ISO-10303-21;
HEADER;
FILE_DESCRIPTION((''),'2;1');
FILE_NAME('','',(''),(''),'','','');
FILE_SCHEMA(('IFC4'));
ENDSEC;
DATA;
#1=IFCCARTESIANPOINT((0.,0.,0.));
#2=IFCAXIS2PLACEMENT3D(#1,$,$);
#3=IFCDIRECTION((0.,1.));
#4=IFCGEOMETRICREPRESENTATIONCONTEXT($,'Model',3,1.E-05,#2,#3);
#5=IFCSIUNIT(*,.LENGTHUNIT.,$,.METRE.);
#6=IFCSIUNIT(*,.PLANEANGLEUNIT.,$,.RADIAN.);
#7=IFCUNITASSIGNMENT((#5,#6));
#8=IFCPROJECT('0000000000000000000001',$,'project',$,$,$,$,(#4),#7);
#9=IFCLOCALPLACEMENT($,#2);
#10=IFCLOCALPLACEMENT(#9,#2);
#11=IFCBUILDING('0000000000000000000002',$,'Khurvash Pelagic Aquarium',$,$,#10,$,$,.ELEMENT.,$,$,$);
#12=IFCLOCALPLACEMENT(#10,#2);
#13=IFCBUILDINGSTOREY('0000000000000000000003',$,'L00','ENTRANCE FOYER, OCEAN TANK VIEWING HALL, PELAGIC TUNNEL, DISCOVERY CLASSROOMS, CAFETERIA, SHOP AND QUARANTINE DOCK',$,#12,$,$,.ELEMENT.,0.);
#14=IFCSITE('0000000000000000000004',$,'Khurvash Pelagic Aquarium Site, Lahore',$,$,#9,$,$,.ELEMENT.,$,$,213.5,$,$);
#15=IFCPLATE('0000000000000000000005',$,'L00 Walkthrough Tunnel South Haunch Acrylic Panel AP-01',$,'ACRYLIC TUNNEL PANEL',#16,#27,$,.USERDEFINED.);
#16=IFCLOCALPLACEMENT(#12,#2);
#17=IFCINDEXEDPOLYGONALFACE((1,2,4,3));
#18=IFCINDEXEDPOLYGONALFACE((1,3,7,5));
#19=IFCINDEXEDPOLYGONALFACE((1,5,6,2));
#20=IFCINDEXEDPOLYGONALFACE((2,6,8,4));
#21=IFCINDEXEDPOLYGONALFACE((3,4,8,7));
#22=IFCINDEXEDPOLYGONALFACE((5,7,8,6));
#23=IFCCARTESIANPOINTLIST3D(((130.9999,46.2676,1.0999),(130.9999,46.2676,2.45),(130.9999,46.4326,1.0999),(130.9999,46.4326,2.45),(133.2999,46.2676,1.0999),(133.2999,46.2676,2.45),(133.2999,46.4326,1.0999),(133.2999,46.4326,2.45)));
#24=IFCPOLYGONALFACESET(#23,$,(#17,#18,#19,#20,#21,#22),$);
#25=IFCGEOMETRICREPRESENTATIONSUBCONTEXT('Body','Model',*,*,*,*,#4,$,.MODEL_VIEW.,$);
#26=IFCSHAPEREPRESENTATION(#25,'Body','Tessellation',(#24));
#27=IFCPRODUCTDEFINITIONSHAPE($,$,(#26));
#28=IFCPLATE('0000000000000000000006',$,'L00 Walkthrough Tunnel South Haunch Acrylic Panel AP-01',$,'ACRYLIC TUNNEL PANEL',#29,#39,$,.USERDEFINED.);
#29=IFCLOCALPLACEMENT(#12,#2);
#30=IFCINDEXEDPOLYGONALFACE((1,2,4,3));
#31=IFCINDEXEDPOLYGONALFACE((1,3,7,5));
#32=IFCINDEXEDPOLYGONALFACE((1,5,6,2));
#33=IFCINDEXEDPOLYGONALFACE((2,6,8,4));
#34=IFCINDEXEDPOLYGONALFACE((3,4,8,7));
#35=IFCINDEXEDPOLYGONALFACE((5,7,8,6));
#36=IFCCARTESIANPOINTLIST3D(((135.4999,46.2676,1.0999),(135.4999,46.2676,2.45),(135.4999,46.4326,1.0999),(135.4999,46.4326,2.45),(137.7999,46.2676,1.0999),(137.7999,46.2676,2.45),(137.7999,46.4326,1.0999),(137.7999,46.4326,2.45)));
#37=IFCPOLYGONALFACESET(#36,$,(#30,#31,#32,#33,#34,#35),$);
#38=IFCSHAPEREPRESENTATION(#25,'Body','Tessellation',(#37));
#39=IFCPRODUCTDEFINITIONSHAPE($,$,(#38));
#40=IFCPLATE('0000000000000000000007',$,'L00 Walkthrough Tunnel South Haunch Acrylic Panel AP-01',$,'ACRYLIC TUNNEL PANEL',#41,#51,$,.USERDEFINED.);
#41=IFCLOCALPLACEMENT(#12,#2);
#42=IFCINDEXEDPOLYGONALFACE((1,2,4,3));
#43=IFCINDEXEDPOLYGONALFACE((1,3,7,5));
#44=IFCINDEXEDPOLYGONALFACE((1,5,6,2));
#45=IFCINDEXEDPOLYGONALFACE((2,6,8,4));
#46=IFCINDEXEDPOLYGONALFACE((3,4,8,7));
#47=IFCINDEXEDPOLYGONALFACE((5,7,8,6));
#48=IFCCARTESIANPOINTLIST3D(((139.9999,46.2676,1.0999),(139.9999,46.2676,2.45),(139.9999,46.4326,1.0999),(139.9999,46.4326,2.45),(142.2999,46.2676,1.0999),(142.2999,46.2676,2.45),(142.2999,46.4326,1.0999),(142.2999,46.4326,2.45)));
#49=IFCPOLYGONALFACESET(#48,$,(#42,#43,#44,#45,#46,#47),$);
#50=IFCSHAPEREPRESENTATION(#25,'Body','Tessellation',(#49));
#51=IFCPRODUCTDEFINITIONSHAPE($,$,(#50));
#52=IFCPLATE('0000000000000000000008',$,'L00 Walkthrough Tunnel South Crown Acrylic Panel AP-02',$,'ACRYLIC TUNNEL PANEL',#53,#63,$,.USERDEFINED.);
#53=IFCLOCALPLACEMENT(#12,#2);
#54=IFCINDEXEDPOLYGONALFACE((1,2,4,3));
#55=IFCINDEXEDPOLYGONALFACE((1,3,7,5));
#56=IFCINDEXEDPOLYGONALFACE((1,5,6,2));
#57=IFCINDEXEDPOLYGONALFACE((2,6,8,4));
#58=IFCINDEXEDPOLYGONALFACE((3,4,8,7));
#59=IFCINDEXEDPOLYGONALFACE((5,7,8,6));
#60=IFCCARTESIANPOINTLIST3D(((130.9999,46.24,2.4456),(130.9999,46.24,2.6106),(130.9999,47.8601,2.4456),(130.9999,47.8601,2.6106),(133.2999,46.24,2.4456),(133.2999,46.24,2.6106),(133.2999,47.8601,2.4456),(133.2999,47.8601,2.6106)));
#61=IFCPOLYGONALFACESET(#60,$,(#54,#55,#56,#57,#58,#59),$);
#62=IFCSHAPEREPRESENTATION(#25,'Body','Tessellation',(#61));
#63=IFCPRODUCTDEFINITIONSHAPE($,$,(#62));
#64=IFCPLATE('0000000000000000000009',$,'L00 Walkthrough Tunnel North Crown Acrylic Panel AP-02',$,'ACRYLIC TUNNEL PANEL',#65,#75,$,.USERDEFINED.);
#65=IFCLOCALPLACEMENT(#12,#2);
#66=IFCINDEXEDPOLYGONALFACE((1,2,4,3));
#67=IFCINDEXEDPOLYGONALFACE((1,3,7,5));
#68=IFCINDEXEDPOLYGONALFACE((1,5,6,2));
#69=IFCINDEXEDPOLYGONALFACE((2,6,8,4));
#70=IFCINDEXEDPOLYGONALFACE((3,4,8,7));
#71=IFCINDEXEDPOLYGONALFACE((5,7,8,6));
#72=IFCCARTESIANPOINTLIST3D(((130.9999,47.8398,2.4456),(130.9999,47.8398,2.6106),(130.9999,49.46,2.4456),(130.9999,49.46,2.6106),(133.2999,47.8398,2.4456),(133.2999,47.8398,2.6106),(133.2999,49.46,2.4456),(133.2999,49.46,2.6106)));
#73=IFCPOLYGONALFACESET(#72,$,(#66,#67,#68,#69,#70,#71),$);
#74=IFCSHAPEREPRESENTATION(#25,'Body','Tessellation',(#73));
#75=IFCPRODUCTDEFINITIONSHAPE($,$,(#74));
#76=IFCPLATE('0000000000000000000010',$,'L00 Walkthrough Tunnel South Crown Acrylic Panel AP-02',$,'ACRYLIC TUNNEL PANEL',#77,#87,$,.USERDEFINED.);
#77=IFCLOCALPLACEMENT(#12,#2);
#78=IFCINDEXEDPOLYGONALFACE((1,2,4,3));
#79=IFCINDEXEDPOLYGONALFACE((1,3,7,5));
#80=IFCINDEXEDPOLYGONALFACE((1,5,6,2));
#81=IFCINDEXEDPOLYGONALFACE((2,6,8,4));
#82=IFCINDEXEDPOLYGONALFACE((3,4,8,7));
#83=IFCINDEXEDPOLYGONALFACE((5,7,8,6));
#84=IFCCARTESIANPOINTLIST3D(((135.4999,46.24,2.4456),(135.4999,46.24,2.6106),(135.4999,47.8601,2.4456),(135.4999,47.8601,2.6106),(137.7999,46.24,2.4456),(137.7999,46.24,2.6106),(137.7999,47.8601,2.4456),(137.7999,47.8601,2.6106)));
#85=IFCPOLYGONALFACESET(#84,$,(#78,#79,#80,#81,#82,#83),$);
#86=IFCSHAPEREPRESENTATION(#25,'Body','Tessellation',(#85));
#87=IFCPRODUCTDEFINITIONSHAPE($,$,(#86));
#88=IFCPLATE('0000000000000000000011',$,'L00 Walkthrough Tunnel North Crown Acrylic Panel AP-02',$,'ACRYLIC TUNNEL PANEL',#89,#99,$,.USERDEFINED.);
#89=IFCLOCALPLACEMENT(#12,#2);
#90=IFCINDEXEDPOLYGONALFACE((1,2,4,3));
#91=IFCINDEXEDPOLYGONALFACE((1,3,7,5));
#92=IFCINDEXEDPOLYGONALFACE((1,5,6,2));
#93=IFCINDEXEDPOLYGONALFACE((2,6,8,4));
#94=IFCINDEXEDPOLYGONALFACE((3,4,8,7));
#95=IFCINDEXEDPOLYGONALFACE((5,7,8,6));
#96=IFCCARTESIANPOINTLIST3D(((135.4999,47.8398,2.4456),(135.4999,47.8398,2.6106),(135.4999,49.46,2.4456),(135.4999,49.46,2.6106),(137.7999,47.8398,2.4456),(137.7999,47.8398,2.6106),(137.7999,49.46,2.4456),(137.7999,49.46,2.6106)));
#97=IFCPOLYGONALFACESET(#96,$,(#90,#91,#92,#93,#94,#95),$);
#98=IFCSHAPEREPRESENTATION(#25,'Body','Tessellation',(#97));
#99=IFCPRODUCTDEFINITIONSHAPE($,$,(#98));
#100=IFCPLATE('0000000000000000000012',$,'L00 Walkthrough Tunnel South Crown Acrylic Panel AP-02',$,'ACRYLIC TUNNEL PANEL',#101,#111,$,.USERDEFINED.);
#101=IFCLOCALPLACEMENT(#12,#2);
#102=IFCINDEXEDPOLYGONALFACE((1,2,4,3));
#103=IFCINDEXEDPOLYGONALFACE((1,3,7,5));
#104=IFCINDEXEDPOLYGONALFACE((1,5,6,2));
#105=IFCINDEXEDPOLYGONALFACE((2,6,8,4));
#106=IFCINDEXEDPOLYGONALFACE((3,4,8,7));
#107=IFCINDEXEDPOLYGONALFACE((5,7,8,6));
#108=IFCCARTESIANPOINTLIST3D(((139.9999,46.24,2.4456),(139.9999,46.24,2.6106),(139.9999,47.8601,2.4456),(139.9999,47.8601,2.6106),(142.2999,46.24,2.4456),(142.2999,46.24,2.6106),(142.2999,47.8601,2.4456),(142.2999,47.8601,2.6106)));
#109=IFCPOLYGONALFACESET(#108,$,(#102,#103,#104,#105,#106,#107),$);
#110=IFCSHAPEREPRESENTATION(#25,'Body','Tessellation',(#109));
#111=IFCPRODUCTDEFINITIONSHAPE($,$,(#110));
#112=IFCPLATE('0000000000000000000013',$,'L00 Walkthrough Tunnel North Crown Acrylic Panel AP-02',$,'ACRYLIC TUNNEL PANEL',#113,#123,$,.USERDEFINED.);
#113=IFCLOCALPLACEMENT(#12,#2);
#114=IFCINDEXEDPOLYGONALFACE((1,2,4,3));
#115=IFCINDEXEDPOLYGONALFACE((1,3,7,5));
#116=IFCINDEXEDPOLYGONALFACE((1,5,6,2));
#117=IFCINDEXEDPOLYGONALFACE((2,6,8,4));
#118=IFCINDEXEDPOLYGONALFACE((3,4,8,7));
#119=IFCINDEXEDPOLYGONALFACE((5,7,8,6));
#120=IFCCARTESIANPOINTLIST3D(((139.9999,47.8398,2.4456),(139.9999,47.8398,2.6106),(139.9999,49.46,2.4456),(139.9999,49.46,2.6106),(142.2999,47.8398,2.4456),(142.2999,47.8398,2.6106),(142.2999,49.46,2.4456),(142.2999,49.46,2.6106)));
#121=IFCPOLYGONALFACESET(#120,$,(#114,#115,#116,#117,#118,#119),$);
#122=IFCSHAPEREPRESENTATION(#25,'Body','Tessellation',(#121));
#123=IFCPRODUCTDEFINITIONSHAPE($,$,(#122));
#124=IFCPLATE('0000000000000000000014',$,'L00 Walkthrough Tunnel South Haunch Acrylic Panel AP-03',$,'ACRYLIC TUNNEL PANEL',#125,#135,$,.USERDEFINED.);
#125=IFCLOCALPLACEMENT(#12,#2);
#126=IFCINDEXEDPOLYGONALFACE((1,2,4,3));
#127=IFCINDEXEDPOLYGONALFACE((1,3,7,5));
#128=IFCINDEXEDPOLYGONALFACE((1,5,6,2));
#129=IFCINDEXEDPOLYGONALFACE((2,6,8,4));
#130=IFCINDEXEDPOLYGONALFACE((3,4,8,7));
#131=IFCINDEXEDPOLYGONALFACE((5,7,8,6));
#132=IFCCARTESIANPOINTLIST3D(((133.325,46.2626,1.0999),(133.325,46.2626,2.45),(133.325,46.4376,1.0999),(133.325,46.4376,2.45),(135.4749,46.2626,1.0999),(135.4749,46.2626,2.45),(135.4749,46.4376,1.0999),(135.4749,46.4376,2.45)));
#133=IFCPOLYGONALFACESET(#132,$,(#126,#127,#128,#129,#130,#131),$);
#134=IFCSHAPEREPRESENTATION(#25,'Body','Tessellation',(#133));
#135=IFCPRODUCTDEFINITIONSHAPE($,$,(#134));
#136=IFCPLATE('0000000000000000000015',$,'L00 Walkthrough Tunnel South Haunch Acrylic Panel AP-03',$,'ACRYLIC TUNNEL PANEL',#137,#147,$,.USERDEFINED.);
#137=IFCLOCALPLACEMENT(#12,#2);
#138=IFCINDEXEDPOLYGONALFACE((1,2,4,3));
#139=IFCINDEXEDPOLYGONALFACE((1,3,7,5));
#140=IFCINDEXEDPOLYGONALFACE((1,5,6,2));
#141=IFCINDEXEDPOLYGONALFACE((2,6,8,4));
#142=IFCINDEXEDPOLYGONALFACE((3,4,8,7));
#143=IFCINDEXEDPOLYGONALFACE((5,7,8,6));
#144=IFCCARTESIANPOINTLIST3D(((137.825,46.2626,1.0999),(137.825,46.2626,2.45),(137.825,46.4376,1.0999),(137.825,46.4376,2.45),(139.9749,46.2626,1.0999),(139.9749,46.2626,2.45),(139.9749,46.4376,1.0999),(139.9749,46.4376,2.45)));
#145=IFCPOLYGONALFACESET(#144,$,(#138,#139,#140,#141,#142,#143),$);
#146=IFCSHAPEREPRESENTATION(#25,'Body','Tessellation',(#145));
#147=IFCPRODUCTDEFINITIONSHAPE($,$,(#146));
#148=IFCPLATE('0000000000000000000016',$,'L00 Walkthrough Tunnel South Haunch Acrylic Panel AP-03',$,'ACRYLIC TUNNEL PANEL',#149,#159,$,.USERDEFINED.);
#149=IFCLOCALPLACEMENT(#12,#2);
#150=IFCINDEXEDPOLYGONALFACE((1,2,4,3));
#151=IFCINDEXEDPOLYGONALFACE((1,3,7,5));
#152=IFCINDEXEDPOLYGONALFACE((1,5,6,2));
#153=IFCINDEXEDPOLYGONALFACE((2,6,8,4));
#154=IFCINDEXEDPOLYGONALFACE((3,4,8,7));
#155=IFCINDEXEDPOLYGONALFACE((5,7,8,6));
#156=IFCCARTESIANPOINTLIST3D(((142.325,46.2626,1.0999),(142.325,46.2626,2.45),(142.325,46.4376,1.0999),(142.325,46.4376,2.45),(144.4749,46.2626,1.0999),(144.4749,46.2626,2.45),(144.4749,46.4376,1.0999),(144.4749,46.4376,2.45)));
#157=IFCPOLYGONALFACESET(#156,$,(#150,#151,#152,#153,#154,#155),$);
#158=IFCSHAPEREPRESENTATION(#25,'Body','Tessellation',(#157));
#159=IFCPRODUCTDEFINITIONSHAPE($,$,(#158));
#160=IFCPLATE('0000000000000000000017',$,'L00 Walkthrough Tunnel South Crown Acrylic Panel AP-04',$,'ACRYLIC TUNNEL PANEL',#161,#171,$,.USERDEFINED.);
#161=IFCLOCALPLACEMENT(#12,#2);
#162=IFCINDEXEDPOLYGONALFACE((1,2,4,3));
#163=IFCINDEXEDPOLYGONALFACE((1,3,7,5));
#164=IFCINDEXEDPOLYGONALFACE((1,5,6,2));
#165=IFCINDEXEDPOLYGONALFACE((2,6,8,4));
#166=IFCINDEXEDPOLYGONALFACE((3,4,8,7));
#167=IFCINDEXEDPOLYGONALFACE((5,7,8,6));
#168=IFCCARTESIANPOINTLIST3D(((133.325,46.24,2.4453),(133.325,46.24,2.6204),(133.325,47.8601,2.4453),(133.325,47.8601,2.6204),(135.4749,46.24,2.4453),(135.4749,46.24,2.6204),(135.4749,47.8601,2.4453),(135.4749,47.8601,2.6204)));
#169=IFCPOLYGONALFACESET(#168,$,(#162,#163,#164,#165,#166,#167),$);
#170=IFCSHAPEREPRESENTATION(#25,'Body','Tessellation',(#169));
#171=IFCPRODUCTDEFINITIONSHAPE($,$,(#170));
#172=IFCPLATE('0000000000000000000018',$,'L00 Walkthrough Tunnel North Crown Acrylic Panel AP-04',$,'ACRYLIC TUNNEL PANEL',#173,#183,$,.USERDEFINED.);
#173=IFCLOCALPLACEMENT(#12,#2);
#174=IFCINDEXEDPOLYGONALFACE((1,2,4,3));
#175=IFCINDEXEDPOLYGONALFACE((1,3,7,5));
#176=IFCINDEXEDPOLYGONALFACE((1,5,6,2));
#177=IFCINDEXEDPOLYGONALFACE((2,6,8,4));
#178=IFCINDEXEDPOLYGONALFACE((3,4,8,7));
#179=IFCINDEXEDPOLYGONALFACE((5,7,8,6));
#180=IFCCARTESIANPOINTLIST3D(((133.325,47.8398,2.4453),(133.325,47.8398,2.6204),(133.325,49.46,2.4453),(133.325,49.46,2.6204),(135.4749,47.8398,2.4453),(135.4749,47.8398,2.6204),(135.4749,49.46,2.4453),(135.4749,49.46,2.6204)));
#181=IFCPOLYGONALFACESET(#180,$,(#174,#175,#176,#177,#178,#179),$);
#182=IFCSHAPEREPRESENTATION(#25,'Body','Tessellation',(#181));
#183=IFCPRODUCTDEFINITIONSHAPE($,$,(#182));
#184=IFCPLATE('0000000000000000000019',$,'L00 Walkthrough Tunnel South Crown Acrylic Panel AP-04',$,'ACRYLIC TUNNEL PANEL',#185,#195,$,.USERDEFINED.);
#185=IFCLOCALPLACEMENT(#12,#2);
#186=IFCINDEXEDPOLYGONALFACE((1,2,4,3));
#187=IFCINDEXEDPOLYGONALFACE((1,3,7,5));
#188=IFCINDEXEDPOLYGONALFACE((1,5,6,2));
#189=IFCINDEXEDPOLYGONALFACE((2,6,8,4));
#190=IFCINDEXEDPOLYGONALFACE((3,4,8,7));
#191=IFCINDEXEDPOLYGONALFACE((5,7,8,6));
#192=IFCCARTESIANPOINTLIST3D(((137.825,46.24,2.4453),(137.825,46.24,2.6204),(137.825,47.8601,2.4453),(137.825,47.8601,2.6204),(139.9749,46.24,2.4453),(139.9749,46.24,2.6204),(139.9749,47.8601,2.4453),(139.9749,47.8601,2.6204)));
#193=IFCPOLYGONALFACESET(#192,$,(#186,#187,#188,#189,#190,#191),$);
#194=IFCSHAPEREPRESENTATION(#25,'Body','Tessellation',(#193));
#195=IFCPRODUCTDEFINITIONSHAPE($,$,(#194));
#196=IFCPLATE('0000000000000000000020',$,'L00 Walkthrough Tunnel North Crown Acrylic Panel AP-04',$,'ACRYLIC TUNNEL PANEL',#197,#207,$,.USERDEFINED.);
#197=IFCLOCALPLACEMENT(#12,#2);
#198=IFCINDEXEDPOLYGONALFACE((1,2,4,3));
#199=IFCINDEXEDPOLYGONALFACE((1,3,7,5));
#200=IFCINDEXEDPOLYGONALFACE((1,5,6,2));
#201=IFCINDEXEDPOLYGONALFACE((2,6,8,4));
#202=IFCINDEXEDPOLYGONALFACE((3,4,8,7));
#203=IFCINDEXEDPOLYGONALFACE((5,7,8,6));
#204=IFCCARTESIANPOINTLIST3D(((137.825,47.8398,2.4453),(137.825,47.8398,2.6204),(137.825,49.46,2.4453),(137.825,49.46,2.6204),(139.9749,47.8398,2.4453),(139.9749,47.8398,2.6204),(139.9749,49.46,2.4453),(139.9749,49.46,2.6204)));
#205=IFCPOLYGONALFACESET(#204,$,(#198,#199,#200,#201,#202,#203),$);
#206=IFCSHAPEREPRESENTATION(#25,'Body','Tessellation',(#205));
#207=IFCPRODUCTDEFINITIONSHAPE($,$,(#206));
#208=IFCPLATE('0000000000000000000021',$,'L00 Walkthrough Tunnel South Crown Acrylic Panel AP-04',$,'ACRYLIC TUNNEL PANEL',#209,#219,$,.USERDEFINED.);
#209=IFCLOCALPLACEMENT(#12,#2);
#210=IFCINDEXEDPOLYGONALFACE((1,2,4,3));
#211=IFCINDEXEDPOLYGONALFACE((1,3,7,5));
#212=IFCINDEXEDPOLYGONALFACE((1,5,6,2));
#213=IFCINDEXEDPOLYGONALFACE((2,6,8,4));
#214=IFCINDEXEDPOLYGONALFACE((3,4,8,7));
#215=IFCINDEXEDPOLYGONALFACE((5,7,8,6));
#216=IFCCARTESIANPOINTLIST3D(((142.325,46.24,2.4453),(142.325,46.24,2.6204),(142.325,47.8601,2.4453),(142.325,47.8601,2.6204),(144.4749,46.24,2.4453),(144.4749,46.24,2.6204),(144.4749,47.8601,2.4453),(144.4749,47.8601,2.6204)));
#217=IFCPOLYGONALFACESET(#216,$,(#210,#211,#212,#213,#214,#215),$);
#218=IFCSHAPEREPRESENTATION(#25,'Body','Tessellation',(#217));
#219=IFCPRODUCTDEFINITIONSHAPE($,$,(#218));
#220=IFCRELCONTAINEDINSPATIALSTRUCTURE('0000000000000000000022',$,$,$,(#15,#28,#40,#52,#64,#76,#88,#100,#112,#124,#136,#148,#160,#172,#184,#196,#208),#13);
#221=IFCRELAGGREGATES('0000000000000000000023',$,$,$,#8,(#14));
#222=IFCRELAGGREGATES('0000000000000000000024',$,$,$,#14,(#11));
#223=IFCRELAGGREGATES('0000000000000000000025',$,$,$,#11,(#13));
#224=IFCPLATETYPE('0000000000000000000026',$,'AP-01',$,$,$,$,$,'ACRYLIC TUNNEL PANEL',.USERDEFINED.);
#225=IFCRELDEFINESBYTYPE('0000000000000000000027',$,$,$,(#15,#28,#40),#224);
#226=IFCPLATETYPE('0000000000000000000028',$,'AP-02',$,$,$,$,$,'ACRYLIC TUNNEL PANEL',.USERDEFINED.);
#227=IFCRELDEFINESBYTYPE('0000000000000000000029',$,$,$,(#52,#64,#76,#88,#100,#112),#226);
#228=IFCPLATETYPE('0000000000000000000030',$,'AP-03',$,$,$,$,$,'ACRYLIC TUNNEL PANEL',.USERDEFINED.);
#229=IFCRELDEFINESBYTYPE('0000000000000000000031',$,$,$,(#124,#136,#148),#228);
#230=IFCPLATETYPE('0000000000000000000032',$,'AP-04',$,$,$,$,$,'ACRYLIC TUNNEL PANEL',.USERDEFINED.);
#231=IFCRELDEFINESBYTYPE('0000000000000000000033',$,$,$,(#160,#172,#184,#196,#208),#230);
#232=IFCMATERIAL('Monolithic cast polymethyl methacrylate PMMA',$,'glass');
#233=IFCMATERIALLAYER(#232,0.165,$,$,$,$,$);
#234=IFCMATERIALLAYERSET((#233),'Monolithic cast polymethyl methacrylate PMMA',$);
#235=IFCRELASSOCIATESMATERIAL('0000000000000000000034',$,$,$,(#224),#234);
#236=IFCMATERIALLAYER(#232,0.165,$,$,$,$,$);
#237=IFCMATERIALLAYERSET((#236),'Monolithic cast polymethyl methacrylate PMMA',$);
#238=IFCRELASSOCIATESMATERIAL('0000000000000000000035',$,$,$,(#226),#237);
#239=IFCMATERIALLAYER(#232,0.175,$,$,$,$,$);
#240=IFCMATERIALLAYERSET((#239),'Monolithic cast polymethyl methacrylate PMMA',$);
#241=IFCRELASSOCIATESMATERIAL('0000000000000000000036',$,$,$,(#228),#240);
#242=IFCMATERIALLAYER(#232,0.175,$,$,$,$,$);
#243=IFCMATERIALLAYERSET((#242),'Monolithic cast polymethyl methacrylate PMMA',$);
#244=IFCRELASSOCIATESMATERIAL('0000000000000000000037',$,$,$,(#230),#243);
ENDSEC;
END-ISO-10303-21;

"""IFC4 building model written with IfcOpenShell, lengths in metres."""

from ifc_helpers import new_model, si_unit, direction, frame, origin, origin_2d, place, context, subcontext, project, spatial, rectangle, extrude, material, layer, layer_set, type_object, element, save


model = new_model("IFC4")

# Units and contexts
model_context = context("Model", 3, precision=1e-05, world=origin(), true_north=direction((0.0, 1.0)))
body_context = subcontext(model_context, "Body", "Model", "MODEL_VIEW")
ifc_project = project(units=[si_unit("LENGTHUNIT", "METRE"), si_unit("PLANEANGLEUNIT", "RADIAN")], contexts=[model_context])

# Site, building, storey
site_placement = place(None, origin())
site = spatial("IfcSite", under=ifc_project, at=site_placement, Name="Khurvash Pelagic Aquarium Site, Lahore", CompositionType="ELEMENT", RefElevation=213.5)
building_placement = place(site_placement, origin())
building = spatial("IfcBuilding", under=site, at=building_placement, Name="Khurvash Pelagic Aquarium", CompositionType="ELEMENT")
storey_placement = place(building_placement, origin())
storey = spatial("IfcBuildingStorey", under=building, at=storey_placement, Name="L00", Description="ENTRANCE FOYER, OCEAN TANK VIEWING HALL, PELAGIC TUNNEL, DISCOVERY CLASSROOMS, CAFETERIA, SHOP AND QUARANTINE DOCK", CompositionType="ELEMENT", Elevation=0.0)

# Plates
ifc_material_1 = material(Name="Monolithic cast polymethyl methacrylate PMMA", Category="glass")
ifc_layer_1 = layer(ifc_material_1, 0.165)
ifc_layer_set_1 = layer_set([ifc_layer_1], Name="Monolithic cast polymethyl methacrylate PMMA")
plate_type_1 = type_object("IfcPlateType", Name="AP-01", ElementType="ACRYLIC TUNNEL PANEL", PredefinedType="USERDEFINED", material=ifc_layer_set_1)
for number, where, z_axis, x_axis, name in (
    (1, (132.1499, 46.3501, 1.0999), (0.0, 0.0, 1.0), (1.0, 0.0, 0.0), "L00 Walkthrough Tunnel South Haunch Acrylic Panel AP-01"),
    (2, (136.6499, 46.3501, 1.0999), (0.0, 0.0, 1.0), (1.0, 0.0, 0.0), "L00 Walkthrough Tunnel South Haunch Acrylic Panel AP-01"),
    (3, (141.1499, 46.3501, 1.0999), (0.0, 0.0, 1.0), (1.0, 0.0, 0.0), "L00 Walkthrough Tunnel South Haunch Acrylic Panel AP-01"),
):
    element("IfcPlate", number, at=place(storey_placement, frame(where, z_axis=z_axis, x_axis=x_axis)), inside=storey, type_object=plate_type_1, Name=name, ObjectType="ACRYLIC TUNNEL PANEL", PredefinedType="USERDEFINED", context=body_context, shape_type="SweptSolid", body=[
        extrude(rectangle(XDim=2.3, YDim=0.165, at=origin_2d()), origin(), (0.0, 0.0, 1.0), 1.3501),
    ])
ifc_layer_2 = layer(ifc_material_1, 0.165)
ifc_layer_set_2 = layer_set([ifc_layer_2], Name="Monolithic cast polymethyl methacrylate PMMA")
plate_type_2 = type_object("IfcPlateType", Name="AP-02", ElementType="ACRYLIC TUNNEL PANEL", PredefinedType="USERDEFINED", material=ifc_layer_set_2)
for number, where, z_axis, x_axis, name in (
    (4, (132.1499, 47.05, 2.4456), (0.0, 0.0, 1.0), (1.0, 0.0, 0.0), "L00 Walkthrough Tunnel South Crown Acrylic Panel AP-02"),
    (5, (132.1499, 48.6499, 2.4456), (0.0, 0.0, 1.0), (1.0, 0.0, 0.0), "L00 Walkthrough Tunnel North Crown Acrylic Panel AP-02"),
    (6, (136.6499, 47.05, 2.4456), (0.0, 0.0, 1.0), (1.0, 0.0, 0.0), "L00 Walkthrough Tunnel South Crown Acrylic Panel AP-02"),
    (7, (136.6499, 48.6499, 2.4456), (0.0, 0.0, 1.0), (1.0, 0.0, 0.0), "L00 Walkthrough Tunnel North Crown Acrylic Panel AP-02"),
    (8, (141.1499, 47.05, 2.4456), (0.0, 0.0, 1.0), (1.0, 0.0, 0.0), "L00 Walkthrough Tunnel South Crown Acrylic Panel AP-02"),
    (9, (141.1499, 48.6499, 2.4456), (0.0, 0.0, 1.0), (1.0, 0.0, 0.0), "L00 Walkthrough Tunnel North Crown Acrylic Panel AP-02"),
):
    element("IfcPlate", number, at=place(storey_placement, frame(where, z_axis=z_axis, x_axis=x_axis)), inside=storey, type_object=plate_type_2, Name=name, ObjectType="ACRYLIC TUNNEL PANEL", PredefinedType="USERDEFINED", context=body_context, shape_type="SweptSolid", body=[
        extrude(rectangle(XDim=2.3, YDim=1.6201, at=origin_2d()), origin(), (0.0, 0.0, 1.0), 0.165),
    ])
ifc_layer_3 = layer(ifc_material_1, 0.175)
ifc_layer_set_3 = layer_set([ifc_layer_3], Name="Monolithic cast polymethyl methacrylate PMMA")
plate_type_3 = type_object("IfcPlateType", Name="AP-03", ElementType="ACRYLIC TUNNEL PANEL", PredefinedType="USERDEFINED", material=ifc_layer_set_3)
for number, where, z_axis, x_axis, name in (
    (10, (134.3999, 46.3501, 1.0999), (0.0, 0.0, 1.0), (1.0, 0.0, 0.0), "L00 Walkthrough Tunnel South Haunch Acrylic Panel AP-03"),
    (11, (138.8999, 46.3501, 1.0999), (0.0, 0.0, 1.0), (1.0, 0.0, 0.0), "L00 Walkthrough Tunnel South Haunch Acrylic Panel AP-03"),
    (12, (143.3999, 46.3501, 1.0999), (0.0, 0.0, 1.0), (1.0, 0.0, 0.0), "L00 Walkthrough Tunnel South Haunch Acrylic Panel AP-03"),
):
    element("IfcPlate", number, at=place(storey_placement, frame(where, z_axis=z_axis, x_axis=x_axis)), inside=storey, type_object=plate_type_3, Name=name, ObjectType="ACRYLIC TUNNEL PANEL", PredefinedType="USERDEFINED", context=body_context, shape_type="SweptSolid", body=[
        extrude(rectangle(XDim=2.1499, YDim=0.175, at=origin_2d()), origin(), (0.0, 0.0, 1.0), 1.3501),
    ])
ifc_layer_4 = layer(ifc_material_1, 0.175)
ifc_layer_set_4 = layer_set([ifc_layer_4], Name="Monolithic cast polymethyl methacrylate PMMA")
plate_type_4 = type_object("IfcPlateType", Name="AP-04", ElementType="ACRYLIC TUNNEL PANEL", PredefinedType="USERDEFINED", material=ifc_layer_set_4)
for number, where, z_axis, x_axis, name in (
    (13, (134.3999, 47.05, 2.4453), (0.0, 0.0, 1.0), (1.0, 0.0, 0.0), "L00 Walkthrough Tunnel South Crown Acrylic Panel AP-04"),
    (14, (134.3999, 48.6499, 2.4453), (0.0, 0.0, 1.0), (1.0, 0.0, 0.0), "L00 Walkthrough Tunnel North Crown Acrylic Panel AP-04"),
    (15, (138.8999, 47.05, 2.4453), (0.0, 0.0, 1.0), (1.0, 0.0, 0.0), "L00 Walkthrough Tunnel South Crown Acrylic Panel AP-04"),
    (16, (138.8999, 48.6499, 2.4453), (0.0, 0.0, 1.0), (1.0, 0.0, 0.0), "L00 Walkthrough Tunnel North Crown Acrylic Panel AP-04"),
    (17, (143.3999, 47.05, 2.4453), (0.0, 0.0, 1.0), (1.0, 0.0, 0.0), "L00 Walkthrough Tunnel South Crown Acrylic Panel AP-04"),
):
    element("IfcPlate", number, at=place(storey_placement, frame(where, z_axis=z_axis, x_axis=x_axis)), inside=storey, type_object=plate_type_4, Name=name, ObjectType="ACRYLIC TUNNEL PANEL", PredefinedType="USERDEFINED", context=body_context, shape_type="SweptSolid", body=[
        extrude(rectangle(XDim=2.1499, YDim=1.6201, at=origin_2d()), origin(), (0.0, 0.0, 1.0), 0.175),
    ])

save(model, "model.ifc")
